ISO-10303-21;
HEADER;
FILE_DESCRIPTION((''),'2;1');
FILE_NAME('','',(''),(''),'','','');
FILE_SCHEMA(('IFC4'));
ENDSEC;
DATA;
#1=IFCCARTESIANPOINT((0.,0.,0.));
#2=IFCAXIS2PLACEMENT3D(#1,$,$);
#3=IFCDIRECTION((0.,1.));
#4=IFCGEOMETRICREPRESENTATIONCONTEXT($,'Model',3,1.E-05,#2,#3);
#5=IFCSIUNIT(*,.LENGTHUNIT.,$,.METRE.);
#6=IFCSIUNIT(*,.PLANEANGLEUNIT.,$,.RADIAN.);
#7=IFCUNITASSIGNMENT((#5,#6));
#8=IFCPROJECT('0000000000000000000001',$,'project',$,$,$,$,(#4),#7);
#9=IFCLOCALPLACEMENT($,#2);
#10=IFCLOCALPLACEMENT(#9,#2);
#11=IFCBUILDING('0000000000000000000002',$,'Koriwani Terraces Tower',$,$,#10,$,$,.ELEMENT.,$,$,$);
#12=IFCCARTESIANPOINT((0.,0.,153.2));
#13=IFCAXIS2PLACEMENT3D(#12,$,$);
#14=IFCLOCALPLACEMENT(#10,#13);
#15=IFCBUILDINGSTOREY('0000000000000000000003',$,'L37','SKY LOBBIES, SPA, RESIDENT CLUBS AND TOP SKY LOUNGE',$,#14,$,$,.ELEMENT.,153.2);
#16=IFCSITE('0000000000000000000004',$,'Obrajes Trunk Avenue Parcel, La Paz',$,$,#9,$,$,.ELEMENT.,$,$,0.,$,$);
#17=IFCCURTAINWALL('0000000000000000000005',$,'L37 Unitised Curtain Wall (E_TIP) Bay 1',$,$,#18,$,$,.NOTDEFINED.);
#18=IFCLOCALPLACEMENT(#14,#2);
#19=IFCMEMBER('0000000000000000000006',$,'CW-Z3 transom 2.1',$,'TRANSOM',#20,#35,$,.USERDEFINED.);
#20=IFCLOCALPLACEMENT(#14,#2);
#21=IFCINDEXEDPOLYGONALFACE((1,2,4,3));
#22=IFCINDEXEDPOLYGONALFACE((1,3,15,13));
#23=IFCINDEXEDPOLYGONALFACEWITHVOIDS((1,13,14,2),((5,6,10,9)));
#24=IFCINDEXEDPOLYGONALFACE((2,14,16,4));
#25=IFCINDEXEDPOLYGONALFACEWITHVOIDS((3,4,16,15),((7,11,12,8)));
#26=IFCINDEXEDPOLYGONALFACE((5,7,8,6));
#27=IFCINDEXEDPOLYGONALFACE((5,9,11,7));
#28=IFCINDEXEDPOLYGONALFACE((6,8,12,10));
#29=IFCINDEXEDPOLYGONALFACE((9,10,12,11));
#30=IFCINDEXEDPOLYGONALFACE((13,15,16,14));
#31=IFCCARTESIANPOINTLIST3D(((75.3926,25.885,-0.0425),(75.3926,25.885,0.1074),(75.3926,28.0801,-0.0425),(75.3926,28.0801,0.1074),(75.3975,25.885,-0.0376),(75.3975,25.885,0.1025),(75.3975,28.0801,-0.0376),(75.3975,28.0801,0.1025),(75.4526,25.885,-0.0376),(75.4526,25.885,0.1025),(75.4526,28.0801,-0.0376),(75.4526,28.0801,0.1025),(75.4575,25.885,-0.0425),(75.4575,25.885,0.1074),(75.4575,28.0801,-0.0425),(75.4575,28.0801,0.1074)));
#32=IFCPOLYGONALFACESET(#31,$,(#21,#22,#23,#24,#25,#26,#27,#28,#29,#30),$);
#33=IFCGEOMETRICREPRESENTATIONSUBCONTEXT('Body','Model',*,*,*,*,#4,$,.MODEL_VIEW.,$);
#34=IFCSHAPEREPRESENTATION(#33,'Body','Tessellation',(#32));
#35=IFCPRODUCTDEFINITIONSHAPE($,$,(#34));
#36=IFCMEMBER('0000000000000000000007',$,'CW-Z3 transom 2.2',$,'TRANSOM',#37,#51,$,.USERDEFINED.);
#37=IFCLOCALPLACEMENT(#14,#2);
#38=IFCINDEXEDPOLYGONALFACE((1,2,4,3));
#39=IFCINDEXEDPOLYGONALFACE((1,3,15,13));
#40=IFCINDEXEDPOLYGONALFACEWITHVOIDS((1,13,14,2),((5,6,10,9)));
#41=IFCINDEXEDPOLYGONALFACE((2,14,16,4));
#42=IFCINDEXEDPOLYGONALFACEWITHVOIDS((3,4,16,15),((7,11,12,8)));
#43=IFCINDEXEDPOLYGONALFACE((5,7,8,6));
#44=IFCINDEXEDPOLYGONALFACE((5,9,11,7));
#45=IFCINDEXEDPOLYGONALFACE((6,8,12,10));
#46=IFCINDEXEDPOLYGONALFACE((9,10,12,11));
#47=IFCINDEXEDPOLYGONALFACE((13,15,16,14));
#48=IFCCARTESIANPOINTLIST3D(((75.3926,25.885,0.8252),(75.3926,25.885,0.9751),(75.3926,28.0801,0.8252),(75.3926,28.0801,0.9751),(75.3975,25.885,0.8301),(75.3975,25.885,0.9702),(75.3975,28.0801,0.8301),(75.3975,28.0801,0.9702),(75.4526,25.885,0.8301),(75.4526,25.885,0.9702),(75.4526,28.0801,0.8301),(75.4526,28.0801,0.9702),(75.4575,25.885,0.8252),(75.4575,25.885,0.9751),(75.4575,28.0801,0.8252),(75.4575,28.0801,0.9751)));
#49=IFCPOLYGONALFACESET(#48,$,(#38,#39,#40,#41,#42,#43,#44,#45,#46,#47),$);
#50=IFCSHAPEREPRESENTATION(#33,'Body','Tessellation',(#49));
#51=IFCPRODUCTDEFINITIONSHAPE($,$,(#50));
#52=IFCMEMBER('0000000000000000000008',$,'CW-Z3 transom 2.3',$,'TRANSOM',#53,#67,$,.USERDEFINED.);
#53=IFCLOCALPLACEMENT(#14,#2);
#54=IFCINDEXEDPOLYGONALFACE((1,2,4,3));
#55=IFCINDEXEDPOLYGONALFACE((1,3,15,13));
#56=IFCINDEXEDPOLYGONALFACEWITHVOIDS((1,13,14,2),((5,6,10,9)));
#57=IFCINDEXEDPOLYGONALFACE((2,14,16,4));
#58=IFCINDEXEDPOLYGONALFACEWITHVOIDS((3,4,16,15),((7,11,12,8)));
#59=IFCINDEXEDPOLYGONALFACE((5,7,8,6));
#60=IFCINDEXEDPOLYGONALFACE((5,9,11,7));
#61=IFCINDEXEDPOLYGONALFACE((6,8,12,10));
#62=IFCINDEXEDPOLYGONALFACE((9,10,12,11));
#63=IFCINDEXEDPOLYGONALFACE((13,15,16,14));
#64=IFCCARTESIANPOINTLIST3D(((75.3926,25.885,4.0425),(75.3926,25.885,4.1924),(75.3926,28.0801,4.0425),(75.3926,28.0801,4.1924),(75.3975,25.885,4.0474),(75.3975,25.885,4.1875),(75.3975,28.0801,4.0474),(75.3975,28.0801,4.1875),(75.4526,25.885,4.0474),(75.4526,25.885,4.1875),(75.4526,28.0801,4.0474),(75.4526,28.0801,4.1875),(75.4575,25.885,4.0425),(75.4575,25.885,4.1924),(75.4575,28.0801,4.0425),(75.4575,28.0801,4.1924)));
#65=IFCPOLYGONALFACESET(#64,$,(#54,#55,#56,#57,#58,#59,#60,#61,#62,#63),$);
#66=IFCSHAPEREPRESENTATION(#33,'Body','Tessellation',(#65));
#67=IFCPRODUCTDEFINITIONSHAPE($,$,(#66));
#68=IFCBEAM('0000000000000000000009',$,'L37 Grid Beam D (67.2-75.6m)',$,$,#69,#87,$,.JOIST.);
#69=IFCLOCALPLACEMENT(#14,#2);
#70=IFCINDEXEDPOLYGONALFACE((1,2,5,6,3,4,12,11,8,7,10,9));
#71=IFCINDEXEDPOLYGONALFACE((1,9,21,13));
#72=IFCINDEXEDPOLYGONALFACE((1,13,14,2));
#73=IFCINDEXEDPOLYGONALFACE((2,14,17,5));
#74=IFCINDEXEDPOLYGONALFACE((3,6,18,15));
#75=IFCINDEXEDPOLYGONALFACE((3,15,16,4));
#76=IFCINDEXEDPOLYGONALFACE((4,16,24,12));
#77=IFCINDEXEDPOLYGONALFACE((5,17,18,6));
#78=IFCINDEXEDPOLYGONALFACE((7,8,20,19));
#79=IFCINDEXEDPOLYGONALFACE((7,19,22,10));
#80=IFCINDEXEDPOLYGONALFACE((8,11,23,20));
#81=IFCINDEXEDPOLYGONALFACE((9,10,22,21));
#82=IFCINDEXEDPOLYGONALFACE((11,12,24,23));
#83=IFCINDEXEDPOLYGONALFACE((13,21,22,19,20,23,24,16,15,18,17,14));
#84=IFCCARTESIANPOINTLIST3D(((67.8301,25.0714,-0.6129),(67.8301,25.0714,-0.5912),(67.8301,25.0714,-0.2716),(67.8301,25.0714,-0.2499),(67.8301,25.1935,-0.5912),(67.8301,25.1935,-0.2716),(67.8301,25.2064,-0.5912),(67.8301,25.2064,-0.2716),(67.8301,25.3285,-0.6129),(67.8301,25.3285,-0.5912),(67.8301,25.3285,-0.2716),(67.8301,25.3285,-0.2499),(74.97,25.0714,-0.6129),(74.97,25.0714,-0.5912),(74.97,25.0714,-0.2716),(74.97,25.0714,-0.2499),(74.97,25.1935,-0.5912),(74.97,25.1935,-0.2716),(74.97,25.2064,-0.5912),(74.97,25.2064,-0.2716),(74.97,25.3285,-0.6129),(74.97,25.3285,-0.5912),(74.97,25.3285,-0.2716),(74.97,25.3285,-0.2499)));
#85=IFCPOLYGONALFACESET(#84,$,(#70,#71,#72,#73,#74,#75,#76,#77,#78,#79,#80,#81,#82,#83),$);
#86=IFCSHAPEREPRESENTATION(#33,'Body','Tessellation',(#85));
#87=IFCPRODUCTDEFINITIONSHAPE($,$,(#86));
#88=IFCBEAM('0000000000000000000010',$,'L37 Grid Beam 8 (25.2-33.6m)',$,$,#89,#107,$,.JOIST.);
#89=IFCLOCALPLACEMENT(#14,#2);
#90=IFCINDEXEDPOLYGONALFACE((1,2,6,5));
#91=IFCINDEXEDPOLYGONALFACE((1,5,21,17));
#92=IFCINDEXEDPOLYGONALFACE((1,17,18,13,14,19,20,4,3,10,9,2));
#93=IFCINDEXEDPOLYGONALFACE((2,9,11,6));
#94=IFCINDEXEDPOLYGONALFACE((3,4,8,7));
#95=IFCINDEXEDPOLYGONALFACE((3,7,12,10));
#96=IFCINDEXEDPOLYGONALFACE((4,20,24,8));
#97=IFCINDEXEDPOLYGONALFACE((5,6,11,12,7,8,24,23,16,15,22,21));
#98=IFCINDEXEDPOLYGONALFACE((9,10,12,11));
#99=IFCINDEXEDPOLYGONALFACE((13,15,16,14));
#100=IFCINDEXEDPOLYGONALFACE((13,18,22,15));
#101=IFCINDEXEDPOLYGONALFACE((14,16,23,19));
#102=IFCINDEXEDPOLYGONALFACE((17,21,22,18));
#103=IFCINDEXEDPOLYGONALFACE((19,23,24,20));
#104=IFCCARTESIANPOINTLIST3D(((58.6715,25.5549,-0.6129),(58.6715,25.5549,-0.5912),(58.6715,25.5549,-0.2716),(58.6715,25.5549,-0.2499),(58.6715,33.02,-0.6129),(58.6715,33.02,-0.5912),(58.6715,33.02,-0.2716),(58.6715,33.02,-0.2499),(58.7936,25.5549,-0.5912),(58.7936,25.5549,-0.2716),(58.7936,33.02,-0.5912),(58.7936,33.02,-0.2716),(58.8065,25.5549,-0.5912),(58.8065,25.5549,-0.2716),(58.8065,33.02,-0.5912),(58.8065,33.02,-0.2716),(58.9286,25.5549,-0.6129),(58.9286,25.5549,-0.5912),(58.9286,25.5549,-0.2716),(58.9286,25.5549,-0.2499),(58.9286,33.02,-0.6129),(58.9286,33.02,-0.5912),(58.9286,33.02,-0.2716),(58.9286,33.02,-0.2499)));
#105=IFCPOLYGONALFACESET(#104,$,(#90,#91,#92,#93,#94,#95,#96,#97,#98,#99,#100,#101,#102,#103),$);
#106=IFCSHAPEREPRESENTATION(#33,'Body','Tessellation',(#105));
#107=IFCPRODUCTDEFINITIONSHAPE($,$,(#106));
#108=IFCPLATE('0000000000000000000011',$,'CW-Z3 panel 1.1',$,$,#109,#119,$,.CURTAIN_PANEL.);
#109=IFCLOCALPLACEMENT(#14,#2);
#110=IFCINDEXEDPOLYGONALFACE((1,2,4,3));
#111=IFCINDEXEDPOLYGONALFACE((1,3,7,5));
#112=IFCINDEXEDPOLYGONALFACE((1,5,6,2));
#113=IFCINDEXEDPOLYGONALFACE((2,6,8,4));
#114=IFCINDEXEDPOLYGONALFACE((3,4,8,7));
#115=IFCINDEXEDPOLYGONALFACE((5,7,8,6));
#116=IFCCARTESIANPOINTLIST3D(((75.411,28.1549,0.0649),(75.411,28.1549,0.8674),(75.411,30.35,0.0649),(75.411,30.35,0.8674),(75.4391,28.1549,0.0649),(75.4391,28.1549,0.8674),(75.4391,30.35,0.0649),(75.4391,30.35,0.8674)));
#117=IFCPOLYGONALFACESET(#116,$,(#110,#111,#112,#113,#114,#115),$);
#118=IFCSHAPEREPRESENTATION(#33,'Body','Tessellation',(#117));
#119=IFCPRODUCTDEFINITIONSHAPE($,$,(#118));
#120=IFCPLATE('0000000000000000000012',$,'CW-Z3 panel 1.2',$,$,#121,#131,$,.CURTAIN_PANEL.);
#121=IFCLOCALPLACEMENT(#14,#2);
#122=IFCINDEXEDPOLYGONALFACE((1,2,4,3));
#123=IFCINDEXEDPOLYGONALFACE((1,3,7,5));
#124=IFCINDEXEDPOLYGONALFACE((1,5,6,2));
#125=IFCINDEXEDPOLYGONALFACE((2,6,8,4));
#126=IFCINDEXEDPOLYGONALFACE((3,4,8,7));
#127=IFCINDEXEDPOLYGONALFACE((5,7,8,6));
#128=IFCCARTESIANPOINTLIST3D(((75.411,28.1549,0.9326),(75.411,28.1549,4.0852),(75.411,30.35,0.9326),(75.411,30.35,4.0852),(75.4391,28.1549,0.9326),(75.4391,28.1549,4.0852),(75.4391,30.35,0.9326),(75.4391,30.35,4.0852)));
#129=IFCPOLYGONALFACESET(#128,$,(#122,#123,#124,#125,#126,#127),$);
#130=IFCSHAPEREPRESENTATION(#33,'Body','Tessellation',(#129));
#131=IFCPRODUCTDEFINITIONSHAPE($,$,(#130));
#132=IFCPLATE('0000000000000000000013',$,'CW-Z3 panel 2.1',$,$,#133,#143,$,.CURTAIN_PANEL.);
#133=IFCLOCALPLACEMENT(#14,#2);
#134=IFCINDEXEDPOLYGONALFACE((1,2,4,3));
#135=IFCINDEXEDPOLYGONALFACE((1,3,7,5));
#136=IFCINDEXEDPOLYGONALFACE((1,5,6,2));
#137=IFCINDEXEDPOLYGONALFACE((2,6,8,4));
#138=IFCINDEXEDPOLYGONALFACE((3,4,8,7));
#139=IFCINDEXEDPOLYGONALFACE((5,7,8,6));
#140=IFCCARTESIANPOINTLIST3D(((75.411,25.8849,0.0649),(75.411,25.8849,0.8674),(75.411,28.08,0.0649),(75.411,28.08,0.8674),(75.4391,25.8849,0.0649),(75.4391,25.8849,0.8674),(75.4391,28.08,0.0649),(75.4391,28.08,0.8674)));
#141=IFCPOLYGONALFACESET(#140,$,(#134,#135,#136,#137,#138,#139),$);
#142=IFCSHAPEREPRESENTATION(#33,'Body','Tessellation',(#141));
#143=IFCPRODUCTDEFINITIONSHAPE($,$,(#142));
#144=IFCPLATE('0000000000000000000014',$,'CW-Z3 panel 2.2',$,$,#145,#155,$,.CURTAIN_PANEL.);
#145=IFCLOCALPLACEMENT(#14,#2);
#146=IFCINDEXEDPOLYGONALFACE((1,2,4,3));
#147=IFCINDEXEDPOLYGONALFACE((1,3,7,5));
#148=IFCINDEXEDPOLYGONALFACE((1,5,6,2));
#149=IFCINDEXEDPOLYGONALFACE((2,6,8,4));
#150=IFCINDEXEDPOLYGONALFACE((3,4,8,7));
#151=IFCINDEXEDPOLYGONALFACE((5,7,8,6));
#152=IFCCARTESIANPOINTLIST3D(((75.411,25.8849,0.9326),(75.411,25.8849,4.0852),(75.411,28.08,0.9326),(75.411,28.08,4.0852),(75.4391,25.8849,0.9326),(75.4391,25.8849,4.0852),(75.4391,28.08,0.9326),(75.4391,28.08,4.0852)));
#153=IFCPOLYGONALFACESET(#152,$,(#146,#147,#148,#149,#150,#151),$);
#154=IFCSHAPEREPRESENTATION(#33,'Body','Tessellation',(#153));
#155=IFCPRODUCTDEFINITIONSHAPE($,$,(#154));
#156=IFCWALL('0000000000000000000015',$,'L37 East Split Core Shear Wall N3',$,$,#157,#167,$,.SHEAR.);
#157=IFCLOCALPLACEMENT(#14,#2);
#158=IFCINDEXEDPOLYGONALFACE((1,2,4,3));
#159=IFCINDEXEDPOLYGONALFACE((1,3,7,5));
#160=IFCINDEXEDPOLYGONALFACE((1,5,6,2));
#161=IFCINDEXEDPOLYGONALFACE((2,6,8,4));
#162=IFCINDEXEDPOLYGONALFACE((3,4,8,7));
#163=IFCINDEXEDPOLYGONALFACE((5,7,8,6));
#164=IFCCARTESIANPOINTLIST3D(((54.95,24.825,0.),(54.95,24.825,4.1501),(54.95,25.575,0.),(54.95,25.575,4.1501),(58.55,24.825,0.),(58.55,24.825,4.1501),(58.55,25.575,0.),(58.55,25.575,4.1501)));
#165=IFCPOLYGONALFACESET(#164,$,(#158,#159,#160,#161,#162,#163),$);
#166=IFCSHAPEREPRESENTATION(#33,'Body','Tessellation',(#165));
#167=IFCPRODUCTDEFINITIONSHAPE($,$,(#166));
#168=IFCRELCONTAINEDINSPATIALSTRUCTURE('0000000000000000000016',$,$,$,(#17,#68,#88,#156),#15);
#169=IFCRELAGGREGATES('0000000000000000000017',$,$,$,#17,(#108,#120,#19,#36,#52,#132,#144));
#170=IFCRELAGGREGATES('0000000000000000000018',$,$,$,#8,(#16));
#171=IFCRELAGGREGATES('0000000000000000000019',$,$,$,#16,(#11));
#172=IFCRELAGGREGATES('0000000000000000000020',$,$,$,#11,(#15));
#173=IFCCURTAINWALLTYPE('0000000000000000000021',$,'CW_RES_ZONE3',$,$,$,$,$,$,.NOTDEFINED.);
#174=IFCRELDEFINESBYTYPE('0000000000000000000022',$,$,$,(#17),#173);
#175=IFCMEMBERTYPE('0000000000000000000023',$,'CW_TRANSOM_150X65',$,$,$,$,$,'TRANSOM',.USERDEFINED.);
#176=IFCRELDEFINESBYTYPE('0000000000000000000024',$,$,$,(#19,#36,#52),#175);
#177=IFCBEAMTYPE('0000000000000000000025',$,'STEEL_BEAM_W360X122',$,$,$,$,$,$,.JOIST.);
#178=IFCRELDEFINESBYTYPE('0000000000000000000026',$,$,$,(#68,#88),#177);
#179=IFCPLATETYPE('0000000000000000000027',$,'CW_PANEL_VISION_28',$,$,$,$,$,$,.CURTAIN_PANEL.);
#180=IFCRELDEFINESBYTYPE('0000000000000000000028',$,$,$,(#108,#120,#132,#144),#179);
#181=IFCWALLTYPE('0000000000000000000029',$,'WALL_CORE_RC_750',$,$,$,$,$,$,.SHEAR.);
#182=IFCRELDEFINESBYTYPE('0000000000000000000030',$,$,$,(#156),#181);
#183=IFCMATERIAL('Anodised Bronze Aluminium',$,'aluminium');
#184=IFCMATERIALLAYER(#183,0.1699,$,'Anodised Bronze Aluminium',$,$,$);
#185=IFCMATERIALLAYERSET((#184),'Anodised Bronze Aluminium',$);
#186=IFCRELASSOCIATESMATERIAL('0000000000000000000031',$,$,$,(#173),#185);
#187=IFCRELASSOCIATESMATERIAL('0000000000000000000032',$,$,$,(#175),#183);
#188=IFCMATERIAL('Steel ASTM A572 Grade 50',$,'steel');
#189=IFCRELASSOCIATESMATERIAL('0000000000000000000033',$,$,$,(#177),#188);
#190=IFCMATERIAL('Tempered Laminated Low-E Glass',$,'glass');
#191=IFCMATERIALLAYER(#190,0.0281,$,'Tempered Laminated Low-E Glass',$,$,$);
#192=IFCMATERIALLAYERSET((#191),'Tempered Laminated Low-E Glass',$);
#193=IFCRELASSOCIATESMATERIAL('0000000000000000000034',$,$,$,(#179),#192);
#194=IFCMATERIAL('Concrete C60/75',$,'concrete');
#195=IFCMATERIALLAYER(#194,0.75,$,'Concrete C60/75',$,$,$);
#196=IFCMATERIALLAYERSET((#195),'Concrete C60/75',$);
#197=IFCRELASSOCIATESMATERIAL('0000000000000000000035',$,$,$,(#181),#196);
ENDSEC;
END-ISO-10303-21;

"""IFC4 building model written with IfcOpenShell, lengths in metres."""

from ifc_helpers import new_model, si_unit, direction, frame, frame_2d, origin, origin_2d, place, context, subcontext, project, spatial, rectangle, hollow_rectangle, i_section, extrude, material, layer, layer_set, material_profile, profile_set, type_object, element, aggregate, save


model = new_model("IFC4")

# Units and contexts
model_context = context("Model", 3, precision=1e-05, world=origin(), true_north=direction((0.0, 1.0)))
body_context = subcontext(model_context, "Body", "Model", "MODEL_VIEW")
ifc_project = project(units=[si_unit("LENGTHUNIT", "METRE"), si_unit("PLANEANGLEUNIT", "RADIAN")], contexts=[model_context])

# Site, building, storey
site_placement = place(None, origin())
site = spatial("IfcSite", under=ifc_project, at=site_placement, Name="Obrajes Trunk Avenue Parcel, La Paz", CompositionType="ELEMENT", RefElevation=0.0)
building_placement = place(site_placement, origin())
building = spatial("IfcBuilding", under=site, at=building_placement, Name="Koriwani Terraces Tower", CompositionType="ELEMENT")
storey_placement = place(building_placement, frame((0.0, 0.0, 153.2)))
storey = spatial("IfcBuildingStorey", under=building, at=storey_placement, Name="L37", Description="SKY LOBBIES, SPA, RESIDENT CLUBS AND TOP SKY LOUNGE", CompositionType="ELEMENT", Elevation=153.2)

# Shared definitions
ifc_material_1 = material(Name="Concrete C60/75", Category="concrete")

# Curtain wall, members
ifc_material_2 = material(Name="Anodised Bronze Aluminium", Category="aluminium")
ifc_layer_1 = layer(ifc_material_2, 0.1699, Name="Anodised Bronze Aluminium")
ifc_layer_set_1 = layer_set([ifc_layer_1], Name="Anodised Bronze Aluminium")
curtain_wall_type = type_object("IfcCurtainWallType", Name="CW_RES_ZONE3", PredefinedType="NOTDEFINED", material=ifc_layer_set_1)
curtain_wall_placement = place(storey_placement, origin())
curtain_wall = element("IfcCurtainWall", 1, at=curtain_wall_placement, inside=storey, type_object=curtain_wall_type, Name="L37 Unitised Curtain Wall (E_TIP) Bay 1", PredefinedType="NOTDEFINED")
ifc_material_profile_1 = material_profile(ifc_material_2, hollow_rectangle(XDim=0.0649, YDim=0.1499, WallThickness=0.0049, at=origin_2d()), Name="Anodised Bronze Aluminium", Category="LoadBearing")
ifc_profile_set_1 = profile_set([ifc_material_profile_1], Name="Anodised Bronze Aluminium")
member_type_1 = type_object("IfcMemberType", Name="CW_TRANSOM_150X65", ElementType="TRANSOM", PredefinedType="USERDEFINED", material=ifc_profile_set_1)
member_1_placement = place(storey_placement, frame((75.425, 28.0801, 0.0325), z_axis=(0.0, -1.0, 0.0), x_axis=(1.0, 0.0, 0.0)))
member_1 = element("IfcMember", 2, at=member_1_placement, type_object=member_type_1, Name="CW-Z3 transom 2.1", ObjectType="TRANSOM", PredefinedType="USERDEFINED", context=body_context, shape_type="SweptSolid", body=[
    extrude(hollow_rectangle(XDim=0.0649, YDim=0.1499, WallThickness=0.0049, at=origin_2d()), origin(), (0.0, 0.0, 1.0), 2.1951),
])
member_2_placement = place(storey_placement, frame((75.425, 28.0801, 0.9001), z_axis=(0.0, -1.0, 0.0), x_axis=(1.0, 0.0, 0.0)))
member_2 = element("IfcMember", 3, at=member_2_placement, type_object=member_type_1, Name="CW-Z3 transom 2.2", ObjectType="TRANSOM", PredefinedType="USERDEFINED", context=body_context, shape_type="SweptSolid", body=[
    extrude(hollow_rectangle(XDim=0.0649, YDim=0.1499, WallThickness=0.0049, at=origin_2d()), origin(), (0.0, 0.0, 1.0), 2.1951),
])
member_3_placement = place(storey_placement, frame((75.425, 28.0801, 4.1174), z_axis=(0.0, -1.0, 0.0), x_axis=(1.0, 0.0, 0.0)))
member_3 = element("IfcMember", 4, at=member_3_placement, type_object=member_type_1, Name="CW-Z3 transom 2.3", ObjectType="TRANSOM", PredefinedType="USERDEFINED", context=body_context, shape_type="SweptSolid", body=[
    extrude(hollow_rectangle(XDim=0.0649, YDim=0.1499, WallThickness=0.0049, at=origin_2d()), origin(), (0.0, 0.0, 1.0), 2.1951),
])

# Beams
ifc_material_3 = material(Name="Steel ASTM A572 Grade 50", Category="steel")
ifc_material_profile_2 = material_profile(ifc_material_3, i_section(OverallWidth=0.2571, OverallDepth=0.363, WebThickness=0.0129, FlangeThickness=0.0217, at=origin_2d()), Name="Steel ASTM A572 Grade 50", Category="LoadBearing")
ifc_profile_set_2 = profile_set([ifc_material_profile_2], Name="Steel ASTM A572 Grade 50")
beam_type_1 = type_object("IfcBeamType", Name="STEEL_BEAM_W360X122", PredefinedType="JOIST", material=ifc_profile_set_2)
beam_1_placement = place(storey_placement, frame((67.8301, 25.2, -0.4314), z_axis=(1.0, 0.0, 0.0), x_axis=(0.0, 1.0, 0.0)))
element("IfcBeam", 5, at=beam_1_placement, inside=storey, type_object=beam_type_1, Name="L37 Grid Beam D (67.2-75.6m)", PredefinedType="JOIST", context=body_context, shape_type="SweptSolid", body=[
    extrude(i_section(OverallWidth=0.2571, OverallDepth=0.363, WebThickness=0.0129, FlangeThickness=0.0217, at=origin_2d()), origin(), (0.0, 0.0, 1.0), 7.1399),
])
beam_2_placement = place(storey_placement, frame((58.8, 25.5549, -0.4314), z_axis=(0.0, 1.0, 0.0), x_axis=(-1.0, 0.0, 0.0)))
element("IfcBeam", 6, at=beam_2_placement, inside=storey, type_object=beam_type_1, Name="L37 Grid Beam 8 (25.2-33.6m)", PredefinedType="JOIST", context=body_context, shape_type="SweptSolid", body=[
    extrude(i_section(OverallWidth=0.2571, OverallDepth=0.363, WebThickness=0.0129, FlangeThickness=0.0217, at=origin_2d()), origin(), (0.0, 0.0, 1.0), 7.4651),
])

# Plates
ifc_material_4 = material(Name="Tempered Laminated Low-E Glass", Category="glass")
ifc_layer_2 = layer(ifc_material_4, 0.0281, Name="Tempered Laminated Low-E Glass")
ifc_layer_set_2 = layer_set([ifc_layer_2], Name="Tempered Laminated Low-E Glass")
plate_type = type_object("IfcPlateType", Name="CW_PANEL_VISION_28", PredefinedType="CURTAIN_PANEL", material=ifc_layer_set_2)
plate_1_placement = place(storey_placement, frame((75.425, 29.2524, 0.0649), z_axis=(0.0, 0.0, 1.0), x_axis=(0.0, -1.0, 0.0)))
plate_1 = element("IfcPlate", 7, at=plate_1_placement, type_object=plate_type, Name="CW-Z3 panel 1.1", PredefinedType="CURTAIN_PANEL", context=body_context, shape_type="SweptSolid", body=[
    extrude(rectangle(XDim=2.1951, YDim=0.0281, at=origin_2d()), origin(), (0.0, 0.0, 1.0), 0.8025),
])
plate_2_placement = place(storey_placement, frame((75.425, 29.2524, 0.9326), z_axis=(0.0, 0.0, 1.0), x_axis=(0.0, -1.0, 0.0)))
plate_2 = element("IfcPlate", 8, at=plate_2_placement, type_object=plate_type, Name="CW-Z3 panel 1.2", PredefinedType="CURTAIN_PANEL", context=body_context, shape_type="SweptSolid", body=[
    extrude(rectangle(XDim=2.1951, YDim=0.0281, at=origin_2d()), origin(), (0.0, 0.0, 1.0), 3.1526),
])
plate_3_placement = place(storey_placement, frame((75.425, 26.9824, 0.0649), z_axis=(0.0, 0.0, 1.0), x_axis=(0.0, -1.0, 0.0)))
plate_3 = element("IfcPlate", 9, at=plate_3_placement, type_object=plate_type, Name="CW-Z3 panel 2.1", PredefinedType="CURTAIN_PANEL", context=body_context, shape_type="SweptSolid", body=[
    extrude(rectangle(XDim=2.1951, YDim=0.0281, at=origin_2d()), origin(), (0.0, 0.0, 1.0), 0.8025),
])
plate_4_placement = place(storey_placement, frame((75.425, 26.9824, 0.9326), z_axis=(0.0, 0.0, 1.0), x_axis=(0.0, -1.0, 0.0)))
plate_4 = element("IfcPlate", 10, at=plate_4_placement, type_object=plate_type, Name="CW-Z3 panel 2.2", PredefinedType="CURTAIN_PANEL", context=body_context, shape_type="SweptSolid", body=[
    extrude(rectangle(XDim=2.1951, YDim=0.0281, at=origin_2d()), origin(), (0.0, 0.0, 1.0), 3.1526),
])
aggregate(curtain_wall, [plate_1, plate_2, member_1, member_2, member_3, plate_3, plate_4])

# Wall
ifc_layer_3 = layer(ifc_material_1, 0.75, Name="Concrete C60/75")
ifc_layer_set_3 = layer_set([ifc_layer_3], Name="Concrete C60/75")
wall_type_1 = type_object("IfcWallType", Name="WALL_CORE_RC_750", PredefinedType="SHEAR", material=ifc_layer_set_3)
wall_1_placement = place(storey_placement, frame((54.95, 25.2, 0.0), z_axis=(0.0, 0.0, 1.0), x_axis=(1.0, 0.0, 0.0)))
element("IfcWall", 11, at=wall_1_placement, inside=storey, type_object=wall_type_1, Name="L37 East Split Core Shear Wall N3", PredefinedType="SHEAR", context=body_context, shape_type="SweptSolid", body=[
    extrude(rectangle(XDim=3.6001, YDim=0.75, at=frame_2d((1.8, 0.0))), origin(), (0.0, 0.0, 1.0), 4.1501),
])

save(model, "model.ifc")
